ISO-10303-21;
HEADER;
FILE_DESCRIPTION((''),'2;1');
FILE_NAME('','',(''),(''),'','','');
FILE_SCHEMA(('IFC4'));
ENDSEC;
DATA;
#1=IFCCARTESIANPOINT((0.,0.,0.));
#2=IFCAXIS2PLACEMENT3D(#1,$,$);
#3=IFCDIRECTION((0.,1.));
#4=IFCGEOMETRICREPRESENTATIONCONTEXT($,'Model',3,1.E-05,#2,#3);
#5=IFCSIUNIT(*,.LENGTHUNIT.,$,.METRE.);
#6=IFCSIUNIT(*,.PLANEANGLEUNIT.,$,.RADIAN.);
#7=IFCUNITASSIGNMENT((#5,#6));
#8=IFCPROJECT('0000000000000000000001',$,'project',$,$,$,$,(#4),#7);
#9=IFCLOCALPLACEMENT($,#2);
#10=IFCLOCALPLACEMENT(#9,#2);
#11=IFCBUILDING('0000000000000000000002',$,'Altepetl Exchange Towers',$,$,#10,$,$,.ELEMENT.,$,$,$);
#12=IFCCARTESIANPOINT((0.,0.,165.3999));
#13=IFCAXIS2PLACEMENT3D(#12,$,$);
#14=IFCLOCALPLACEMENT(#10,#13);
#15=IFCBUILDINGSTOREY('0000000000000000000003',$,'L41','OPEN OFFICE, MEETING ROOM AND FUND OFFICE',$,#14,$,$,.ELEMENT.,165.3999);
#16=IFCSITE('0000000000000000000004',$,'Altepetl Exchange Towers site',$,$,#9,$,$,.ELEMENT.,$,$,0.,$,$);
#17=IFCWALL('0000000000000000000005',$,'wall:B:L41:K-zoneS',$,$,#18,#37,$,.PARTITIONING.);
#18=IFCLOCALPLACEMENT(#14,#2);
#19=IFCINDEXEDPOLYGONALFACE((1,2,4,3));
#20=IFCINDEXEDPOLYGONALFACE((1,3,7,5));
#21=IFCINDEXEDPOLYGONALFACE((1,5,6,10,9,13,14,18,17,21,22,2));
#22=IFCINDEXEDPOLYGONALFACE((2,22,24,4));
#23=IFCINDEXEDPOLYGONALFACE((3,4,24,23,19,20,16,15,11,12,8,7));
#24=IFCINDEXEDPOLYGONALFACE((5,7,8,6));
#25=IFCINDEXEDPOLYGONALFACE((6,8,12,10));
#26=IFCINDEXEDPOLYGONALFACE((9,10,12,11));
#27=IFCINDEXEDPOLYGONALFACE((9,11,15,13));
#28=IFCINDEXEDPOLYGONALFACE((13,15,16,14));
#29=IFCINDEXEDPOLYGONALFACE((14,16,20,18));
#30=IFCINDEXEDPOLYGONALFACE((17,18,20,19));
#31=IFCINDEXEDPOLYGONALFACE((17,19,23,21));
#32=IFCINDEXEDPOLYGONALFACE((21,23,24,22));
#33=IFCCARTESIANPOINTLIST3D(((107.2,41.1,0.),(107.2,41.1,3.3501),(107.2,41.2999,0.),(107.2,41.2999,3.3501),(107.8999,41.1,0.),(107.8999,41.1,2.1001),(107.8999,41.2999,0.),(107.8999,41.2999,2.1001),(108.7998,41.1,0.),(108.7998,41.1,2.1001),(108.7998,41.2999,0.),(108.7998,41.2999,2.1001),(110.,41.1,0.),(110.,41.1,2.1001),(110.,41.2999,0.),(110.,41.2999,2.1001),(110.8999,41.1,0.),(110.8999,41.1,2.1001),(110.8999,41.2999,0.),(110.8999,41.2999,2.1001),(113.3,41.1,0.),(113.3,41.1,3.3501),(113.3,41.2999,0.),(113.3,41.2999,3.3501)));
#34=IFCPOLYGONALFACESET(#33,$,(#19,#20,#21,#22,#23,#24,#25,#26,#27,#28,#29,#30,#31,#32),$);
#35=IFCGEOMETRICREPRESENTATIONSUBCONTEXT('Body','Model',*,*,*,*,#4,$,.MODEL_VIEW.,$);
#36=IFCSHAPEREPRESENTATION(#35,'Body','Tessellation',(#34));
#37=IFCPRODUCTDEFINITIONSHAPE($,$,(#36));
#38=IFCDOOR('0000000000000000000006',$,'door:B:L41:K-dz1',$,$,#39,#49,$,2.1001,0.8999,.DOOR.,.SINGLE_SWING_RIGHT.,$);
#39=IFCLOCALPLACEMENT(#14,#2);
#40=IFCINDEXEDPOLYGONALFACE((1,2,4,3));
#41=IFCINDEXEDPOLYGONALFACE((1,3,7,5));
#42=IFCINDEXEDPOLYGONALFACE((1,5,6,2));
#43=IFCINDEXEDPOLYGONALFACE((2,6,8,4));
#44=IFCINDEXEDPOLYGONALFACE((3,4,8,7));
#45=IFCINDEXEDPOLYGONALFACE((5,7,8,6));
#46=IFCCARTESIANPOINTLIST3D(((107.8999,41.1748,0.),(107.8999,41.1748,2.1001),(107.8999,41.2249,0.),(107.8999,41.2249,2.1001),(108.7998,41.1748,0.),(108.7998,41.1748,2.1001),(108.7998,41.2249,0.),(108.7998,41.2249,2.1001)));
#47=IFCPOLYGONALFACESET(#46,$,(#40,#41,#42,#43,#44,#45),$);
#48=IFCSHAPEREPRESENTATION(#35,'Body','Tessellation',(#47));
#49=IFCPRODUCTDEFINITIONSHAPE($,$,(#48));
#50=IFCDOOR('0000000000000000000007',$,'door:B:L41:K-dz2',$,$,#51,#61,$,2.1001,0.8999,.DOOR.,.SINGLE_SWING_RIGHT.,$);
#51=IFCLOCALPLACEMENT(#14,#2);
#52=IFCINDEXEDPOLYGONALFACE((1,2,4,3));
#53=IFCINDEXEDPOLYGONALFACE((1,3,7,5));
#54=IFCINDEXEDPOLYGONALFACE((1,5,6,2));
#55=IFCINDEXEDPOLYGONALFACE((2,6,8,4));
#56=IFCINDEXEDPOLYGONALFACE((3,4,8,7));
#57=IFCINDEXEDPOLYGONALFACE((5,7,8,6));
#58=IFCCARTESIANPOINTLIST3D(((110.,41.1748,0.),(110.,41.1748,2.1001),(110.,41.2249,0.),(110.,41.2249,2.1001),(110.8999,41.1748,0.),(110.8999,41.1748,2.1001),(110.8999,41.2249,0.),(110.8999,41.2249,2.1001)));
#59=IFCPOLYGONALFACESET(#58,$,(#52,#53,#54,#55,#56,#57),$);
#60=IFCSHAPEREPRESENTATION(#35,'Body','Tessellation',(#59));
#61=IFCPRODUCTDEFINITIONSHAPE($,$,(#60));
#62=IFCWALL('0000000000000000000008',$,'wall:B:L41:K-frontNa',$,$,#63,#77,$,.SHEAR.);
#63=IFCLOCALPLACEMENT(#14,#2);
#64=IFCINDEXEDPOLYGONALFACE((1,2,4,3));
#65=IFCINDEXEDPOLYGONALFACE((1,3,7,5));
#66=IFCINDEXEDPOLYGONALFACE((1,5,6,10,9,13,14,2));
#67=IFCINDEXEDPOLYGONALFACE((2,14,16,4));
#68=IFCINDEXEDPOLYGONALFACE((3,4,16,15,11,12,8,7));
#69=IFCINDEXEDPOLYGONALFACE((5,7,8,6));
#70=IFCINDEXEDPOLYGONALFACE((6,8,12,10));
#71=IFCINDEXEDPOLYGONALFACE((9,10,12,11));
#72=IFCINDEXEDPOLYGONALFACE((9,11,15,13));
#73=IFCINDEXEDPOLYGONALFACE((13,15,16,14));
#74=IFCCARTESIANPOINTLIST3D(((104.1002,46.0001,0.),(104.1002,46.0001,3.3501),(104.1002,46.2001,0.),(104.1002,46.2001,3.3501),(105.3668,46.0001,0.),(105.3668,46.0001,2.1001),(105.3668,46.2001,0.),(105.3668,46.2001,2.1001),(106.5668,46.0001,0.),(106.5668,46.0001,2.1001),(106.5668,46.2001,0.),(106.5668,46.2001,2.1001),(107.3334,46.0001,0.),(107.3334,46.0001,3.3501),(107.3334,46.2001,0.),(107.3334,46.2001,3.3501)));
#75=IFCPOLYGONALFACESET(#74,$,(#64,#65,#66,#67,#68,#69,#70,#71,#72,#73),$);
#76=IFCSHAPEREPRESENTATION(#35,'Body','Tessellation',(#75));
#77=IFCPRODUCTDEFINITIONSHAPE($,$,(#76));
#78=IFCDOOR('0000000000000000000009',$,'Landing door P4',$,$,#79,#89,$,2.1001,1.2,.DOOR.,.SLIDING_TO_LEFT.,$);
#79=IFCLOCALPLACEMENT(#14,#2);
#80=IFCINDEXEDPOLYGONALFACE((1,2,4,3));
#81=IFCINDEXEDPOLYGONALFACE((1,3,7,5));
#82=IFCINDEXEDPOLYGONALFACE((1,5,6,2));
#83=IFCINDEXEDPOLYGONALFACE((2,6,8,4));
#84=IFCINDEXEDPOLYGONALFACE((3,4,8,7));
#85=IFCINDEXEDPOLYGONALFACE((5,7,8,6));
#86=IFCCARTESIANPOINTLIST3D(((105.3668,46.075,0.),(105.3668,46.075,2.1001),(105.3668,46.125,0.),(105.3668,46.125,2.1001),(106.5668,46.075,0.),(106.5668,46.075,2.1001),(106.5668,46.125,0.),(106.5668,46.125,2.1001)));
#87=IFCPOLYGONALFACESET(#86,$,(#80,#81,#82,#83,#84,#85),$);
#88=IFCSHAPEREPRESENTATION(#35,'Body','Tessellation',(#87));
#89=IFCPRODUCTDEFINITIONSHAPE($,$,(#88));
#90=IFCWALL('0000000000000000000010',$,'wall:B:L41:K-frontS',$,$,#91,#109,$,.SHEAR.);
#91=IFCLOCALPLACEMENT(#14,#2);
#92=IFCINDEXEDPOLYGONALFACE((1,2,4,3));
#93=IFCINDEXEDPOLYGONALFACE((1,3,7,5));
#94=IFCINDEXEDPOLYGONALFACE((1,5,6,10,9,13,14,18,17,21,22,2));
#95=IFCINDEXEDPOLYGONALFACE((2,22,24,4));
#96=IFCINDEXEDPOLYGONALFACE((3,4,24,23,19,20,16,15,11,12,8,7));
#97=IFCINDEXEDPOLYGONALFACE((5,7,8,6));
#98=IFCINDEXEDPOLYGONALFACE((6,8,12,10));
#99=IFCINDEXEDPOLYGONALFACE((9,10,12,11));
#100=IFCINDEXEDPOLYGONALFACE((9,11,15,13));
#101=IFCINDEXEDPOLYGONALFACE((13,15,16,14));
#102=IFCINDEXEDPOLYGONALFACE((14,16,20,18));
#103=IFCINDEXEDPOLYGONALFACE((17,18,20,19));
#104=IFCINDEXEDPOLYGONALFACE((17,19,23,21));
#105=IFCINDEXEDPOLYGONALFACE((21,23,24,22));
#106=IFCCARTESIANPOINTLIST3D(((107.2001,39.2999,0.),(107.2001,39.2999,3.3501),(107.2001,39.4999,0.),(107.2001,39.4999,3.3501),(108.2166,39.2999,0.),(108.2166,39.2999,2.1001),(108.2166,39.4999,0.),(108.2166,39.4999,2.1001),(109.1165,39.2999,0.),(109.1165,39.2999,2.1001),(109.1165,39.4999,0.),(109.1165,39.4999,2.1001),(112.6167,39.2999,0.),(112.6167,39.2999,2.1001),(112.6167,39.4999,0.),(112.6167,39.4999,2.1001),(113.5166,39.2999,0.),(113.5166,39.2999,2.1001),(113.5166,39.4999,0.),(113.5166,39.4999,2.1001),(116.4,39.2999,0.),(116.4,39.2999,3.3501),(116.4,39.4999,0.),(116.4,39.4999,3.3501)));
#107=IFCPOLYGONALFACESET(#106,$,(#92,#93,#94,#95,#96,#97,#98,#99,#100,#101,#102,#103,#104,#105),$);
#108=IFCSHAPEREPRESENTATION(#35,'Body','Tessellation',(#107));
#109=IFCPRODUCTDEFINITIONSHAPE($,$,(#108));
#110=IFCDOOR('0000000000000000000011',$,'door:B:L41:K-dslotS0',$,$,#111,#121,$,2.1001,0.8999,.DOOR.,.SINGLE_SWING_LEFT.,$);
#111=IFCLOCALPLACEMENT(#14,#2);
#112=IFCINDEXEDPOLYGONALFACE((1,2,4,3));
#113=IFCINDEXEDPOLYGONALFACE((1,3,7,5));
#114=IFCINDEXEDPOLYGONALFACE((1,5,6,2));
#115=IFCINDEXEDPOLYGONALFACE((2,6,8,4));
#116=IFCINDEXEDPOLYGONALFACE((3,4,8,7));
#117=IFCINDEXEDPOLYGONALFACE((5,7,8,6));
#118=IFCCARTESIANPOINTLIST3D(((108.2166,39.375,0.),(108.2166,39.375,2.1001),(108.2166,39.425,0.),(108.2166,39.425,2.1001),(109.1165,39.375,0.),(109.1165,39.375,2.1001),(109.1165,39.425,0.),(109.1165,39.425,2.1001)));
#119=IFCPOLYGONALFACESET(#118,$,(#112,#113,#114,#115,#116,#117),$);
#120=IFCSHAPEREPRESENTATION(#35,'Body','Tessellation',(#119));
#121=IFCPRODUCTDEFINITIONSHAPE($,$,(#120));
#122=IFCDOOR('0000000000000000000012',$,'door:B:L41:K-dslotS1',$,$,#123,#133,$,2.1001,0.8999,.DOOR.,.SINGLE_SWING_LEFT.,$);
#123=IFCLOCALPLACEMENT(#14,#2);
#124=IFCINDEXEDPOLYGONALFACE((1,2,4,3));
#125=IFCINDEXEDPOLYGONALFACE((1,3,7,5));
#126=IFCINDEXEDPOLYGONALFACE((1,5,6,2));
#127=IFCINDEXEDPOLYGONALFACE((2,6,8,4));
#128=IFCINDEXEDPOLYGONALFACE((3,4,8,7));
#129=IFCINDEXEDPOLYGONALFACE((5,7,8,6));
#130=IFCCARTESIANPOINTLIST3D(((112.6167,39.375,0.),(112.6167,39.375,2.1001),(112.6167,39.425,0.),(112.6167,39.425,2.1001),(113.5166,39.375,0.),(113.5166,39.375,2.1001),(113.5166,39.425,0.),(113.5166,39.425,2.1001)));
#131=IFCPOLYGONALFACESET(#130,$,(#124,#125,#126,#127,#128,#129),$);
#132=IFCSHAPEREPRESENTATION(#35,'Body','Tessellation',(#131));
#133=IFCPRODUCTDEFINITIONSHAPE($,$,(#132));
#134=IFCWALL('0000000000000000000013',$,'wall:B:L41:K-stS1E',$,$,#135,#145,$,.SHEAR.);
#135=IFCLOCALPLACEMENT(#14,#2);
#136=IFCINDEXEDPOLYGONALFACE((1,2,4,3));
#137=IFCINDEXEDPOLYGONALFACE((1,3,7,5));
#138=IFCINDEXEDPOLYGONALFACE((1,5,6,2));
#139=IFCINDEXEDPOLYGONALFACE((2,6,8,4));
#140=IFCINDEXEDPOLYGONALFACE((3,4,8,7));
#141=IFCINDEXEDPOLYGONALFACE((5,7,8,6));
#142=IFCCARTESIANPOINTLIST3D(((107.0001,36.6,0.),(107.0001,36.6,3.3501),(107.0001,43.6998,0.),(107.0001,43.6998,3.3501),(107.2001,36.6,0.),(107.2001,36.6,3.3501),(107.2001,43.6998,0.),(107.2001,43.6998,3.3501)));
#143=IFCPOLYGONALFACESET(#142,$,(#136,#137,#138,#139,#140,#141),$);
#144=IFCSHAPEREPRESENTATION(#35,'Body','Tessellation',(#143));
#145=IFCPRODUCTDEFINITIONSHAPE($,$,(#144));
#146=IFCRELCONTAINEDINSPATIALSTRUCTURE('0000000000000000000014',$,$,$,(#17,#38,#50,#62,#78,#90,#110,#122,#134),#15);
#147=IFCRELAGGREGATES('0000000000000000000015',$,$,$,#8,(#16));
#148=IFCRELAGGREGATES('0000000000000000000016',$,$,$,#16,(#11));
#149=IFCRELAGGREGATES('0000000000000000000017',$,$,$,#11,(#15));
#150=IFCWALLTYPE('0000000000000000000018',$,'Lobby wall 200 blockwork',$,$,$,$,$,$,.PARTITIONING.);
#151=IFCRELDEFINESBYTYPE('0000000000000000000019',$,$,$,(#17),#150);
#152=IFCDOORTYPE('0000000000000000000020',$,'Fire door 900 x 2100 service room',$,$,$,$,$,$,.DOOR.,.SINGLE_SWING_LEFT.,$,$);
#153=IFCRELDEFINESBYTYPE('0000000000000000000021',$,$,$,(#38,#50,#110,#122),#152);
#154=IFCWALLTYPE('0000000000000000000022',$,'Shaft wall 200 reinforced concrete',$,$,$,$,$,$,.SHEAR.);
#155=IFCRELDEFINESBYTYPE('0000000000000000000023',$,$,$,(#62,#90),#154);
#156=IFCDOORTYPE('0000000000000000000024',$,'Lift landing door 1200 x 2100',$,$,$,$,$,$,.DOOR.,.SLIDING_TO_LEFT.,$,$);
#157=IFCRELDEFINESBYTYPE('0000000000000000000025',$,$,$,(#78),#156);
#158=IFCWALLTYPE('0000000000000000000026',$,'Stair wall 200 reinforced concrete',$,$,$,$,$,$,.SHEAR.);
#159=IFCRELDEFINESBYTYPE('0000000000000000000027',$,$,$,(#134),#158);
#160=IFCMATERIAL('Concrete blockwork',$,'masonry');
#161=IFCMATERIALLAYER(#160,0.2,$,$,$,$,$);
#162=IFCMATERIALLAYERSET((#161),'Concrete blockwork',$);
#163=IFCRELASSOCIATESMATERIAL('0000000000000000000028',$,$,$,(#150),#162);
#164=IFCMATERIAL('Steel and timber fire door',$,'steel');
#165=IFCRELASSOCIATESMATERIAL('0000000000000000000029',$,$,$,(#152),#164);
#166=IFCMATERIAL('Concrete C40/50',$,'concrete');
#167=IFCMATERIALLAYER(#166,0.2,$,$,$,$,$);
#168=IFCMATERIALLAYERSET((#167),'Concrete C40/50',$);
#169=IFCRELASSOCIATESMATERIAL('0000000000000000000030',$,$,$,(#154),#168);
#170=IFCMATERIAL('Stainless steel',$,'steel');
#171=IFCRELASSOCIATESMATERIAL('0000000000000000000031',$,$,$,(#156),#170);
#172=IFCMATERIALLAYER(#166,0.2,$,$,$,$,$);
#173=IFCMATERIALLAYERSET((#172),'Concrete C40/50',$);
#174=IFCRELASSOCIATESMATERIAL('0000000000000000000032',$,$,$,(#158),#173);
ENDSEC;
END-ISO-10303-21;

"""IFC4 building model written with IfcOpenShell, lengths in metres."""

from ifc_helpers import new_model, si_unit, direction, frame, frame_2d, origin, place, context, subcontext, project, spatial, rectangle, extrude, material, layer, layer_set, type_object, element, fill, save


model = new_model("IFC4")

# Units and contexts
model_context = context("Model", 3, precision=1e-05, world=origin(), true_north=direction((0.0, 1.0)))
body_context = subcontext(model_context, "Body", "Model", "MODEL_VIEW")
ifc_project = project(units=[si_unit("LENGTHUNIT", "METRE"), si_unit("PLANEANGLEUNIT", "RADIAN")], contexts=[model_context])

# Site, building, storey
site_placement = place(None, origin())
site = spatial("IfcSite", under=ifc_project, at=site_placement, Name="Altepetl Exchange Towers site", CompositionType="ELEMENT", RefElevation=0.0)
building_placement = place(site_placement, origin())
building = spatial("IfcBuilding", under=site, at=building_placement, Name="Altepetl Exchange Towers", CompositionType="ELEMENT")
storey_placement = place(building_placement, frame((0.0, 0.0, 165.3999)))
storey = spatial("IfcBuildingStorey", under=building, at=storey_placement, Name="L41", Description="OPEN OFFICE, MEETING ROOM AND FUND OFFICE", CompositionType="ELEMENT", Elevation=165.3999)

# Shared definitions
ifc_material_1 = material(Name="Steel and timber fire door", Category="steel")

# Shared definitions
ifc_material_2 = material(Name="Concrete blockwork", Category="masonry")
ifc_layer_1 = layer(ifc_material_2, 0.2)
ifc_layer_set_1 = layer_set([ifc_layer_1], Name="Concrete blockwork")
wall_type_1 = type_object("IfcWallType", Name="Lobby wall 200 blockwork", PredefinedType="PARTITIONING", material=ifc_layer_set_1)

# Wall, openings, doors
wall_1_placement = place(storey_placement, frame((107.2, 41.2, 0.0)))
wall_1 = element("IfcWall", 1, at=wall_1_placement, inside=storey, type_object=wall_type_1, Name="wall:B:L41:K-zoneS", PredefinedType="PARTITIONING", context=body_context, shape_type="SweptSolid", body=[
    extrude(rectangle(XDim=6.1001, YDim=0.2, at=frame_2d((3.05, 0.0))), origin(), (0.0, 0.0, 1.0), 3.3501),
])
opening_1_placement = place(wall_1_placement, frame((0.7, 0.0, 0.0)))
opening_1 = element("IfcOpeningElement", 2, at=opening_1_placement, cuts=wall_1, PredefinedType="OPENING", context=body_context, shape_type="SweptSolid", body=[
    extrude(rectangle(XDim=0.8999, YDim=2.1001, at=frame_2d((0.45, 1.05))), frame((0.0, 0.1099, 0.0), z_axis=(0.0, -1.0, 0.0), x_axis=(1.0, 0.0, 0.0)), (0.0, 0.0, 1.0), 0.22),
])
opening_2_placement = place(wall_1_placement, frame((2.8, 0.0, 0.0)))
opening_2 = element("IfcOpeningElement", 3, at=opening_2_placement, cuts=wall_1, PredefinedType="OPENING", context=body_context, shape_type="SweptSolid", body=[
    extrude(rectangle(XDim=0.8999, YDim=2.1001, at=frame_2d((0.45, 1.05))), frame((0.0, 0.1099, 0.0), z_axis=(0.0, -1.0, 0.0), x_axis=(1.0, 0.0, 0.0)), (0.0, 0.0, 1.0), 0.22),
])
door_type_1 = type_object("IfcDoorType", Name="Fire door 900 x 2100 service room", OperationType="SINGLE_SWING_LEFT", PredefinedType="DOOR", material=ifc_material_1)
door_1_placement = place(opening_1_placement, origin())
door_1 = element("IfcDoor", 4, at=door_1_placement, inside=storey, type_object=door_type_1, Name="door:B:L41:K-dz1", OperationType="SINGLE_SWING_RIGHT", OverallHeight=2.1001, OverallWidth=0.8999, PredefinedType="DOOR", context=body_context, shape_type="SweptSolid", body=[
    extrude(rectangle(XDim=0.8999, YDim=2.1001, at=frame_2d((0.45, 1.05))), frame((0.0, 0.0249, 0.0), z_axis=(0.0, -1.0, 0.0), x_axis=(1.0, 0.0, 0.0)), (0.0, 0.0, 1.0), 0.05),
])
fill(opening_1, door_1)
door_2_placement = place(opening_2_placement, origin())
door_2 = element("IfcDoor", 5, at=door_2_placement, inside=storey, type_object=door_type_1, Name="door:B:L41:K-dz2", OperationType="SINGLE_SWING_RIGHT", OverallHeight=2.1001, OverallWidth=0.8999, PredefinedType="DOOR", context=body_context, shape_type="SweptSolid", body=[
    extrude(rectangle(XDim=0.8999, YDim=2.1001, at=frame_2d((0.45, 1.05))), frame((0.0, 0.0249, 0.0), z_axis=(0.0, -1.0, 0.0), x_axis=(1.0, 0.0, 0.0)), (0.0, 0.0, 1.0), 0.05),
])
fill(opening_2, door_2)

# Wall, opening, door
ifc_material_3 = material(Name="Concrete C40/50", Category="concrete")
ifc_layer_2 = layer(ifc_material_3, 0.2)
ifc_layer_set_2 = layer_set([ifc_layer_2], Name="Concrete C40/50")
wall_type_2 = type_object("IfcWallType", Name="Shaft wall 200 reinforced concrete", PredefinedType="SHEAR", material=ifc_layer_set_2)
wall_2_placement = place(storey_placement, frame((104.1001, 46.1001, 0.0)))
wall_2 = element("IfcWall", 6, at=wall_2_placement, inside=storey, type_object=wall_type_2, Name="wall:B:L41:K-frontNa", PredefinedType="SHEAR", context=body_context, shape_type="SweptSolid", body=[
    extrude(rectangle(XDim=3.2332, YDim=0.2, at=frame_2d((1.6167, 0.0))), origin(), (0.0, 0.0, 1.0), 3.3501),
])
opening_3_placement = place(wall_2_placement, frame((1.2666, 0.0, 0.0)))
opening_3 = element("IfcOpeningElement", 7, at=opening_3_placement, cuts=wall_2, PredefinedType="OPENING", context=body_context, shape_type="SweptSolid", body=[
    extrude(rectangle(XDim=1.2, YDim=2.1001, at=frame_2d((0.6001, 1.05))), frame((0.0, 0.1099, 0.0), z_axis=(0.0, -1.0, 0.0), x_axis=(1.0, 0.0, 0.0)), (0.0, 0.0, 1.0), 0.22),
])
ifc_material_4 = material(Name="Stainless steel", Category="steel")
door_type_2 = type_object("IfcDoorType", Name="Lift landing door 1200 x 2100", OperationType="SLIDING_TO_LEFT", PredefinedType="DOOR", material=ifc_material_4)
door_3_placement = place(opening_3_placement, origin())
door_3 = element("IfcDoor", 8, at=door_3_placement, inside=storey, type_object=door_type_2, Name="Landing door P4", OperationType="SLIDING_TO_LEFT", OverallHeight=2.1001, OverallWidth=1.2, PredefinedType="DOOR", context=body_context, shape_type="SweptSolid", body=[
    extrude(rectangle(XDim=1.2, YDim=2.1001, at=frame_2d((0.6001, 1.05))), frame((0.0, 0.0249, 0.0), z_axis=(0.0, -1.0, 0.0), x_axis=(1.0, 0.0, 0.0)), (0.0, 0.0, 1.0), 0.05),
])
fill(opening_3, door_3)

# Wall, openings, doors
wall_3_placement = place(storey_placement, frame((107.2, 39.3999, 0.0)))
wall_3 = element("IfcWall", 9, at=wall_3_placement, inside=storey, type_object=wall_type_2, Name="wall:B:L41:K-frontS", PredefinedType="SHEAR", context=body_context, shape_type="SweptSolid", body=[
    extrude(rectangle(XDim=9.2, YDim=0.2, at=frame_2d((4.6001, 0.0))), origin(), (0.0, 0.0, 1.0), 3.3501),
])
opening_4_placement = place(wall_3_placement, frame((1.0166, 0.0, 0.0)))
opening_4 = element("IfcOpeningElement", 10, at=opening_4_placement, cuts=wall_3, PredefinedType="OPENING", context=body_context, shape_type="SweptSolid", body=[
    extrude(rectangle(XDim=0.8999, YDim=2.1001, at=frame_2d((0.45, 1.05))), frame((0.0, 0.1099, 0.0), z_axis=(0.0, -1.0, 0.0), x_axis=(1.0, 0.0, 0.0)), (0.0, 0.0, 1.0), 0.22),
])
opening_5_placement = place(wall_3_placement, frame((5.4167, 0.0, 0.0)))
opening_5 = element("IfcOpeningElement", 11, at=opening_5_placement, cuts=wall_3, PredefinedType="OPENING", context=body_context, shape_type="SweptSolid", body=[
    extrude(rectangle(XDim=0.8999, YDim=2.1001, at=frame_2d((0.45, 1.05))), frame((0.0, 0.1099, 0.0), z_axis=(0.0, -1.0, 0.0), x_axis=(1.0, 0.0, 0.0)), (0.0, 0.0, 1.0), 0.22),
])
door_4_placement = place(opening_4_placement, frame((0.8999, 0.0, 0.0), x_axis=(-1.0, 0.0, 0.0)))
door_4 = element("IfcDoor", 12, at=door_4_placement, inside=storey, type_object=door_type_1, Name="door:B:L41:K-dslotS0", OperationType="SINGLE_SWING_LEFT", OverallHeight=2.1001, OverallWidth=0.8999, PredefinedType="DOOR", context=body_context, shape_type="SweptSolid", body=[
    extrude(rectangle(XDim=0.8999, YDim=2.1001, at=frame_2d((0.45, 1.05))), frame((0.0, 0.0249, 0.0), z_axis=(0.0, -1.0, 0.0), x_axis=(1.0, 0.0, 0.0)), (0.0, 0.0, 1.0), 0.05),
])
fill(opening_4, door_4)
door_5_placement = place(opening_5_placement, frame((0.8999, 0.0, 0.0), x_axis=(-1.0, 0.0, 0.0)))
door_5 = element("IfcDoor", 13, at=door_5_placement, inside=storey, type_object=door_type_1, Name="door:B:L41:K-dslotS1", OperationType="SINGLE_SWING_LEFT", OverallHeight=2.1001, OverallWidth=0.8999, PredefinedType="DOOR", context=body_context, shape_type="SweptSolid", body=[
    extrude(rectangle(XDim=0.8999, YDim=2.1001, at=frame_2d((0.45, 1.05))), frame((0.0, 0.0249, 0.0), z_axis=(0.0, -1.0, 0.0), x_axis=(1.0, 0.0, 0.0)), (0.0, 0.0, 1.0), 0.05),
])
fill(opening_5, door_5)

# Wall
ifc_layer_3 = layer(ifc_material_3, 0.2)
ifc_layer_set_3 = layer_set([ifc_layer_3], Name="Concrete C40/50")
wall_type_3 = type_object("IfcWallType", Name="Stair wall 200 reinforced concrete", PredefinedType="SHEAR", material=ifc_layer_set_3)
wall_4_placement = place(storey_placement, frame((107.1001, 36.6001, 0.0), z_axis=(0.0, 0.0, 1.0), x_axis=(0.0, 1.0, 0.0)))
element("IfcWall", 14, at=wall_4_placement, inside=storey, type_object=wall_type_3, Name="wall:B:L41:K-stS1E", PredefinedType="SHEAR", context=body_context, shape_type="SweptSolid", body=[
    extrude(rectangle(XDim=7.0999, YDim=0.2, at=frame_2d((3.5498, 0.0))), origin(), (0.0, 0.0, 1.0), 3.3501),
])

save(model, "model.ifc")
